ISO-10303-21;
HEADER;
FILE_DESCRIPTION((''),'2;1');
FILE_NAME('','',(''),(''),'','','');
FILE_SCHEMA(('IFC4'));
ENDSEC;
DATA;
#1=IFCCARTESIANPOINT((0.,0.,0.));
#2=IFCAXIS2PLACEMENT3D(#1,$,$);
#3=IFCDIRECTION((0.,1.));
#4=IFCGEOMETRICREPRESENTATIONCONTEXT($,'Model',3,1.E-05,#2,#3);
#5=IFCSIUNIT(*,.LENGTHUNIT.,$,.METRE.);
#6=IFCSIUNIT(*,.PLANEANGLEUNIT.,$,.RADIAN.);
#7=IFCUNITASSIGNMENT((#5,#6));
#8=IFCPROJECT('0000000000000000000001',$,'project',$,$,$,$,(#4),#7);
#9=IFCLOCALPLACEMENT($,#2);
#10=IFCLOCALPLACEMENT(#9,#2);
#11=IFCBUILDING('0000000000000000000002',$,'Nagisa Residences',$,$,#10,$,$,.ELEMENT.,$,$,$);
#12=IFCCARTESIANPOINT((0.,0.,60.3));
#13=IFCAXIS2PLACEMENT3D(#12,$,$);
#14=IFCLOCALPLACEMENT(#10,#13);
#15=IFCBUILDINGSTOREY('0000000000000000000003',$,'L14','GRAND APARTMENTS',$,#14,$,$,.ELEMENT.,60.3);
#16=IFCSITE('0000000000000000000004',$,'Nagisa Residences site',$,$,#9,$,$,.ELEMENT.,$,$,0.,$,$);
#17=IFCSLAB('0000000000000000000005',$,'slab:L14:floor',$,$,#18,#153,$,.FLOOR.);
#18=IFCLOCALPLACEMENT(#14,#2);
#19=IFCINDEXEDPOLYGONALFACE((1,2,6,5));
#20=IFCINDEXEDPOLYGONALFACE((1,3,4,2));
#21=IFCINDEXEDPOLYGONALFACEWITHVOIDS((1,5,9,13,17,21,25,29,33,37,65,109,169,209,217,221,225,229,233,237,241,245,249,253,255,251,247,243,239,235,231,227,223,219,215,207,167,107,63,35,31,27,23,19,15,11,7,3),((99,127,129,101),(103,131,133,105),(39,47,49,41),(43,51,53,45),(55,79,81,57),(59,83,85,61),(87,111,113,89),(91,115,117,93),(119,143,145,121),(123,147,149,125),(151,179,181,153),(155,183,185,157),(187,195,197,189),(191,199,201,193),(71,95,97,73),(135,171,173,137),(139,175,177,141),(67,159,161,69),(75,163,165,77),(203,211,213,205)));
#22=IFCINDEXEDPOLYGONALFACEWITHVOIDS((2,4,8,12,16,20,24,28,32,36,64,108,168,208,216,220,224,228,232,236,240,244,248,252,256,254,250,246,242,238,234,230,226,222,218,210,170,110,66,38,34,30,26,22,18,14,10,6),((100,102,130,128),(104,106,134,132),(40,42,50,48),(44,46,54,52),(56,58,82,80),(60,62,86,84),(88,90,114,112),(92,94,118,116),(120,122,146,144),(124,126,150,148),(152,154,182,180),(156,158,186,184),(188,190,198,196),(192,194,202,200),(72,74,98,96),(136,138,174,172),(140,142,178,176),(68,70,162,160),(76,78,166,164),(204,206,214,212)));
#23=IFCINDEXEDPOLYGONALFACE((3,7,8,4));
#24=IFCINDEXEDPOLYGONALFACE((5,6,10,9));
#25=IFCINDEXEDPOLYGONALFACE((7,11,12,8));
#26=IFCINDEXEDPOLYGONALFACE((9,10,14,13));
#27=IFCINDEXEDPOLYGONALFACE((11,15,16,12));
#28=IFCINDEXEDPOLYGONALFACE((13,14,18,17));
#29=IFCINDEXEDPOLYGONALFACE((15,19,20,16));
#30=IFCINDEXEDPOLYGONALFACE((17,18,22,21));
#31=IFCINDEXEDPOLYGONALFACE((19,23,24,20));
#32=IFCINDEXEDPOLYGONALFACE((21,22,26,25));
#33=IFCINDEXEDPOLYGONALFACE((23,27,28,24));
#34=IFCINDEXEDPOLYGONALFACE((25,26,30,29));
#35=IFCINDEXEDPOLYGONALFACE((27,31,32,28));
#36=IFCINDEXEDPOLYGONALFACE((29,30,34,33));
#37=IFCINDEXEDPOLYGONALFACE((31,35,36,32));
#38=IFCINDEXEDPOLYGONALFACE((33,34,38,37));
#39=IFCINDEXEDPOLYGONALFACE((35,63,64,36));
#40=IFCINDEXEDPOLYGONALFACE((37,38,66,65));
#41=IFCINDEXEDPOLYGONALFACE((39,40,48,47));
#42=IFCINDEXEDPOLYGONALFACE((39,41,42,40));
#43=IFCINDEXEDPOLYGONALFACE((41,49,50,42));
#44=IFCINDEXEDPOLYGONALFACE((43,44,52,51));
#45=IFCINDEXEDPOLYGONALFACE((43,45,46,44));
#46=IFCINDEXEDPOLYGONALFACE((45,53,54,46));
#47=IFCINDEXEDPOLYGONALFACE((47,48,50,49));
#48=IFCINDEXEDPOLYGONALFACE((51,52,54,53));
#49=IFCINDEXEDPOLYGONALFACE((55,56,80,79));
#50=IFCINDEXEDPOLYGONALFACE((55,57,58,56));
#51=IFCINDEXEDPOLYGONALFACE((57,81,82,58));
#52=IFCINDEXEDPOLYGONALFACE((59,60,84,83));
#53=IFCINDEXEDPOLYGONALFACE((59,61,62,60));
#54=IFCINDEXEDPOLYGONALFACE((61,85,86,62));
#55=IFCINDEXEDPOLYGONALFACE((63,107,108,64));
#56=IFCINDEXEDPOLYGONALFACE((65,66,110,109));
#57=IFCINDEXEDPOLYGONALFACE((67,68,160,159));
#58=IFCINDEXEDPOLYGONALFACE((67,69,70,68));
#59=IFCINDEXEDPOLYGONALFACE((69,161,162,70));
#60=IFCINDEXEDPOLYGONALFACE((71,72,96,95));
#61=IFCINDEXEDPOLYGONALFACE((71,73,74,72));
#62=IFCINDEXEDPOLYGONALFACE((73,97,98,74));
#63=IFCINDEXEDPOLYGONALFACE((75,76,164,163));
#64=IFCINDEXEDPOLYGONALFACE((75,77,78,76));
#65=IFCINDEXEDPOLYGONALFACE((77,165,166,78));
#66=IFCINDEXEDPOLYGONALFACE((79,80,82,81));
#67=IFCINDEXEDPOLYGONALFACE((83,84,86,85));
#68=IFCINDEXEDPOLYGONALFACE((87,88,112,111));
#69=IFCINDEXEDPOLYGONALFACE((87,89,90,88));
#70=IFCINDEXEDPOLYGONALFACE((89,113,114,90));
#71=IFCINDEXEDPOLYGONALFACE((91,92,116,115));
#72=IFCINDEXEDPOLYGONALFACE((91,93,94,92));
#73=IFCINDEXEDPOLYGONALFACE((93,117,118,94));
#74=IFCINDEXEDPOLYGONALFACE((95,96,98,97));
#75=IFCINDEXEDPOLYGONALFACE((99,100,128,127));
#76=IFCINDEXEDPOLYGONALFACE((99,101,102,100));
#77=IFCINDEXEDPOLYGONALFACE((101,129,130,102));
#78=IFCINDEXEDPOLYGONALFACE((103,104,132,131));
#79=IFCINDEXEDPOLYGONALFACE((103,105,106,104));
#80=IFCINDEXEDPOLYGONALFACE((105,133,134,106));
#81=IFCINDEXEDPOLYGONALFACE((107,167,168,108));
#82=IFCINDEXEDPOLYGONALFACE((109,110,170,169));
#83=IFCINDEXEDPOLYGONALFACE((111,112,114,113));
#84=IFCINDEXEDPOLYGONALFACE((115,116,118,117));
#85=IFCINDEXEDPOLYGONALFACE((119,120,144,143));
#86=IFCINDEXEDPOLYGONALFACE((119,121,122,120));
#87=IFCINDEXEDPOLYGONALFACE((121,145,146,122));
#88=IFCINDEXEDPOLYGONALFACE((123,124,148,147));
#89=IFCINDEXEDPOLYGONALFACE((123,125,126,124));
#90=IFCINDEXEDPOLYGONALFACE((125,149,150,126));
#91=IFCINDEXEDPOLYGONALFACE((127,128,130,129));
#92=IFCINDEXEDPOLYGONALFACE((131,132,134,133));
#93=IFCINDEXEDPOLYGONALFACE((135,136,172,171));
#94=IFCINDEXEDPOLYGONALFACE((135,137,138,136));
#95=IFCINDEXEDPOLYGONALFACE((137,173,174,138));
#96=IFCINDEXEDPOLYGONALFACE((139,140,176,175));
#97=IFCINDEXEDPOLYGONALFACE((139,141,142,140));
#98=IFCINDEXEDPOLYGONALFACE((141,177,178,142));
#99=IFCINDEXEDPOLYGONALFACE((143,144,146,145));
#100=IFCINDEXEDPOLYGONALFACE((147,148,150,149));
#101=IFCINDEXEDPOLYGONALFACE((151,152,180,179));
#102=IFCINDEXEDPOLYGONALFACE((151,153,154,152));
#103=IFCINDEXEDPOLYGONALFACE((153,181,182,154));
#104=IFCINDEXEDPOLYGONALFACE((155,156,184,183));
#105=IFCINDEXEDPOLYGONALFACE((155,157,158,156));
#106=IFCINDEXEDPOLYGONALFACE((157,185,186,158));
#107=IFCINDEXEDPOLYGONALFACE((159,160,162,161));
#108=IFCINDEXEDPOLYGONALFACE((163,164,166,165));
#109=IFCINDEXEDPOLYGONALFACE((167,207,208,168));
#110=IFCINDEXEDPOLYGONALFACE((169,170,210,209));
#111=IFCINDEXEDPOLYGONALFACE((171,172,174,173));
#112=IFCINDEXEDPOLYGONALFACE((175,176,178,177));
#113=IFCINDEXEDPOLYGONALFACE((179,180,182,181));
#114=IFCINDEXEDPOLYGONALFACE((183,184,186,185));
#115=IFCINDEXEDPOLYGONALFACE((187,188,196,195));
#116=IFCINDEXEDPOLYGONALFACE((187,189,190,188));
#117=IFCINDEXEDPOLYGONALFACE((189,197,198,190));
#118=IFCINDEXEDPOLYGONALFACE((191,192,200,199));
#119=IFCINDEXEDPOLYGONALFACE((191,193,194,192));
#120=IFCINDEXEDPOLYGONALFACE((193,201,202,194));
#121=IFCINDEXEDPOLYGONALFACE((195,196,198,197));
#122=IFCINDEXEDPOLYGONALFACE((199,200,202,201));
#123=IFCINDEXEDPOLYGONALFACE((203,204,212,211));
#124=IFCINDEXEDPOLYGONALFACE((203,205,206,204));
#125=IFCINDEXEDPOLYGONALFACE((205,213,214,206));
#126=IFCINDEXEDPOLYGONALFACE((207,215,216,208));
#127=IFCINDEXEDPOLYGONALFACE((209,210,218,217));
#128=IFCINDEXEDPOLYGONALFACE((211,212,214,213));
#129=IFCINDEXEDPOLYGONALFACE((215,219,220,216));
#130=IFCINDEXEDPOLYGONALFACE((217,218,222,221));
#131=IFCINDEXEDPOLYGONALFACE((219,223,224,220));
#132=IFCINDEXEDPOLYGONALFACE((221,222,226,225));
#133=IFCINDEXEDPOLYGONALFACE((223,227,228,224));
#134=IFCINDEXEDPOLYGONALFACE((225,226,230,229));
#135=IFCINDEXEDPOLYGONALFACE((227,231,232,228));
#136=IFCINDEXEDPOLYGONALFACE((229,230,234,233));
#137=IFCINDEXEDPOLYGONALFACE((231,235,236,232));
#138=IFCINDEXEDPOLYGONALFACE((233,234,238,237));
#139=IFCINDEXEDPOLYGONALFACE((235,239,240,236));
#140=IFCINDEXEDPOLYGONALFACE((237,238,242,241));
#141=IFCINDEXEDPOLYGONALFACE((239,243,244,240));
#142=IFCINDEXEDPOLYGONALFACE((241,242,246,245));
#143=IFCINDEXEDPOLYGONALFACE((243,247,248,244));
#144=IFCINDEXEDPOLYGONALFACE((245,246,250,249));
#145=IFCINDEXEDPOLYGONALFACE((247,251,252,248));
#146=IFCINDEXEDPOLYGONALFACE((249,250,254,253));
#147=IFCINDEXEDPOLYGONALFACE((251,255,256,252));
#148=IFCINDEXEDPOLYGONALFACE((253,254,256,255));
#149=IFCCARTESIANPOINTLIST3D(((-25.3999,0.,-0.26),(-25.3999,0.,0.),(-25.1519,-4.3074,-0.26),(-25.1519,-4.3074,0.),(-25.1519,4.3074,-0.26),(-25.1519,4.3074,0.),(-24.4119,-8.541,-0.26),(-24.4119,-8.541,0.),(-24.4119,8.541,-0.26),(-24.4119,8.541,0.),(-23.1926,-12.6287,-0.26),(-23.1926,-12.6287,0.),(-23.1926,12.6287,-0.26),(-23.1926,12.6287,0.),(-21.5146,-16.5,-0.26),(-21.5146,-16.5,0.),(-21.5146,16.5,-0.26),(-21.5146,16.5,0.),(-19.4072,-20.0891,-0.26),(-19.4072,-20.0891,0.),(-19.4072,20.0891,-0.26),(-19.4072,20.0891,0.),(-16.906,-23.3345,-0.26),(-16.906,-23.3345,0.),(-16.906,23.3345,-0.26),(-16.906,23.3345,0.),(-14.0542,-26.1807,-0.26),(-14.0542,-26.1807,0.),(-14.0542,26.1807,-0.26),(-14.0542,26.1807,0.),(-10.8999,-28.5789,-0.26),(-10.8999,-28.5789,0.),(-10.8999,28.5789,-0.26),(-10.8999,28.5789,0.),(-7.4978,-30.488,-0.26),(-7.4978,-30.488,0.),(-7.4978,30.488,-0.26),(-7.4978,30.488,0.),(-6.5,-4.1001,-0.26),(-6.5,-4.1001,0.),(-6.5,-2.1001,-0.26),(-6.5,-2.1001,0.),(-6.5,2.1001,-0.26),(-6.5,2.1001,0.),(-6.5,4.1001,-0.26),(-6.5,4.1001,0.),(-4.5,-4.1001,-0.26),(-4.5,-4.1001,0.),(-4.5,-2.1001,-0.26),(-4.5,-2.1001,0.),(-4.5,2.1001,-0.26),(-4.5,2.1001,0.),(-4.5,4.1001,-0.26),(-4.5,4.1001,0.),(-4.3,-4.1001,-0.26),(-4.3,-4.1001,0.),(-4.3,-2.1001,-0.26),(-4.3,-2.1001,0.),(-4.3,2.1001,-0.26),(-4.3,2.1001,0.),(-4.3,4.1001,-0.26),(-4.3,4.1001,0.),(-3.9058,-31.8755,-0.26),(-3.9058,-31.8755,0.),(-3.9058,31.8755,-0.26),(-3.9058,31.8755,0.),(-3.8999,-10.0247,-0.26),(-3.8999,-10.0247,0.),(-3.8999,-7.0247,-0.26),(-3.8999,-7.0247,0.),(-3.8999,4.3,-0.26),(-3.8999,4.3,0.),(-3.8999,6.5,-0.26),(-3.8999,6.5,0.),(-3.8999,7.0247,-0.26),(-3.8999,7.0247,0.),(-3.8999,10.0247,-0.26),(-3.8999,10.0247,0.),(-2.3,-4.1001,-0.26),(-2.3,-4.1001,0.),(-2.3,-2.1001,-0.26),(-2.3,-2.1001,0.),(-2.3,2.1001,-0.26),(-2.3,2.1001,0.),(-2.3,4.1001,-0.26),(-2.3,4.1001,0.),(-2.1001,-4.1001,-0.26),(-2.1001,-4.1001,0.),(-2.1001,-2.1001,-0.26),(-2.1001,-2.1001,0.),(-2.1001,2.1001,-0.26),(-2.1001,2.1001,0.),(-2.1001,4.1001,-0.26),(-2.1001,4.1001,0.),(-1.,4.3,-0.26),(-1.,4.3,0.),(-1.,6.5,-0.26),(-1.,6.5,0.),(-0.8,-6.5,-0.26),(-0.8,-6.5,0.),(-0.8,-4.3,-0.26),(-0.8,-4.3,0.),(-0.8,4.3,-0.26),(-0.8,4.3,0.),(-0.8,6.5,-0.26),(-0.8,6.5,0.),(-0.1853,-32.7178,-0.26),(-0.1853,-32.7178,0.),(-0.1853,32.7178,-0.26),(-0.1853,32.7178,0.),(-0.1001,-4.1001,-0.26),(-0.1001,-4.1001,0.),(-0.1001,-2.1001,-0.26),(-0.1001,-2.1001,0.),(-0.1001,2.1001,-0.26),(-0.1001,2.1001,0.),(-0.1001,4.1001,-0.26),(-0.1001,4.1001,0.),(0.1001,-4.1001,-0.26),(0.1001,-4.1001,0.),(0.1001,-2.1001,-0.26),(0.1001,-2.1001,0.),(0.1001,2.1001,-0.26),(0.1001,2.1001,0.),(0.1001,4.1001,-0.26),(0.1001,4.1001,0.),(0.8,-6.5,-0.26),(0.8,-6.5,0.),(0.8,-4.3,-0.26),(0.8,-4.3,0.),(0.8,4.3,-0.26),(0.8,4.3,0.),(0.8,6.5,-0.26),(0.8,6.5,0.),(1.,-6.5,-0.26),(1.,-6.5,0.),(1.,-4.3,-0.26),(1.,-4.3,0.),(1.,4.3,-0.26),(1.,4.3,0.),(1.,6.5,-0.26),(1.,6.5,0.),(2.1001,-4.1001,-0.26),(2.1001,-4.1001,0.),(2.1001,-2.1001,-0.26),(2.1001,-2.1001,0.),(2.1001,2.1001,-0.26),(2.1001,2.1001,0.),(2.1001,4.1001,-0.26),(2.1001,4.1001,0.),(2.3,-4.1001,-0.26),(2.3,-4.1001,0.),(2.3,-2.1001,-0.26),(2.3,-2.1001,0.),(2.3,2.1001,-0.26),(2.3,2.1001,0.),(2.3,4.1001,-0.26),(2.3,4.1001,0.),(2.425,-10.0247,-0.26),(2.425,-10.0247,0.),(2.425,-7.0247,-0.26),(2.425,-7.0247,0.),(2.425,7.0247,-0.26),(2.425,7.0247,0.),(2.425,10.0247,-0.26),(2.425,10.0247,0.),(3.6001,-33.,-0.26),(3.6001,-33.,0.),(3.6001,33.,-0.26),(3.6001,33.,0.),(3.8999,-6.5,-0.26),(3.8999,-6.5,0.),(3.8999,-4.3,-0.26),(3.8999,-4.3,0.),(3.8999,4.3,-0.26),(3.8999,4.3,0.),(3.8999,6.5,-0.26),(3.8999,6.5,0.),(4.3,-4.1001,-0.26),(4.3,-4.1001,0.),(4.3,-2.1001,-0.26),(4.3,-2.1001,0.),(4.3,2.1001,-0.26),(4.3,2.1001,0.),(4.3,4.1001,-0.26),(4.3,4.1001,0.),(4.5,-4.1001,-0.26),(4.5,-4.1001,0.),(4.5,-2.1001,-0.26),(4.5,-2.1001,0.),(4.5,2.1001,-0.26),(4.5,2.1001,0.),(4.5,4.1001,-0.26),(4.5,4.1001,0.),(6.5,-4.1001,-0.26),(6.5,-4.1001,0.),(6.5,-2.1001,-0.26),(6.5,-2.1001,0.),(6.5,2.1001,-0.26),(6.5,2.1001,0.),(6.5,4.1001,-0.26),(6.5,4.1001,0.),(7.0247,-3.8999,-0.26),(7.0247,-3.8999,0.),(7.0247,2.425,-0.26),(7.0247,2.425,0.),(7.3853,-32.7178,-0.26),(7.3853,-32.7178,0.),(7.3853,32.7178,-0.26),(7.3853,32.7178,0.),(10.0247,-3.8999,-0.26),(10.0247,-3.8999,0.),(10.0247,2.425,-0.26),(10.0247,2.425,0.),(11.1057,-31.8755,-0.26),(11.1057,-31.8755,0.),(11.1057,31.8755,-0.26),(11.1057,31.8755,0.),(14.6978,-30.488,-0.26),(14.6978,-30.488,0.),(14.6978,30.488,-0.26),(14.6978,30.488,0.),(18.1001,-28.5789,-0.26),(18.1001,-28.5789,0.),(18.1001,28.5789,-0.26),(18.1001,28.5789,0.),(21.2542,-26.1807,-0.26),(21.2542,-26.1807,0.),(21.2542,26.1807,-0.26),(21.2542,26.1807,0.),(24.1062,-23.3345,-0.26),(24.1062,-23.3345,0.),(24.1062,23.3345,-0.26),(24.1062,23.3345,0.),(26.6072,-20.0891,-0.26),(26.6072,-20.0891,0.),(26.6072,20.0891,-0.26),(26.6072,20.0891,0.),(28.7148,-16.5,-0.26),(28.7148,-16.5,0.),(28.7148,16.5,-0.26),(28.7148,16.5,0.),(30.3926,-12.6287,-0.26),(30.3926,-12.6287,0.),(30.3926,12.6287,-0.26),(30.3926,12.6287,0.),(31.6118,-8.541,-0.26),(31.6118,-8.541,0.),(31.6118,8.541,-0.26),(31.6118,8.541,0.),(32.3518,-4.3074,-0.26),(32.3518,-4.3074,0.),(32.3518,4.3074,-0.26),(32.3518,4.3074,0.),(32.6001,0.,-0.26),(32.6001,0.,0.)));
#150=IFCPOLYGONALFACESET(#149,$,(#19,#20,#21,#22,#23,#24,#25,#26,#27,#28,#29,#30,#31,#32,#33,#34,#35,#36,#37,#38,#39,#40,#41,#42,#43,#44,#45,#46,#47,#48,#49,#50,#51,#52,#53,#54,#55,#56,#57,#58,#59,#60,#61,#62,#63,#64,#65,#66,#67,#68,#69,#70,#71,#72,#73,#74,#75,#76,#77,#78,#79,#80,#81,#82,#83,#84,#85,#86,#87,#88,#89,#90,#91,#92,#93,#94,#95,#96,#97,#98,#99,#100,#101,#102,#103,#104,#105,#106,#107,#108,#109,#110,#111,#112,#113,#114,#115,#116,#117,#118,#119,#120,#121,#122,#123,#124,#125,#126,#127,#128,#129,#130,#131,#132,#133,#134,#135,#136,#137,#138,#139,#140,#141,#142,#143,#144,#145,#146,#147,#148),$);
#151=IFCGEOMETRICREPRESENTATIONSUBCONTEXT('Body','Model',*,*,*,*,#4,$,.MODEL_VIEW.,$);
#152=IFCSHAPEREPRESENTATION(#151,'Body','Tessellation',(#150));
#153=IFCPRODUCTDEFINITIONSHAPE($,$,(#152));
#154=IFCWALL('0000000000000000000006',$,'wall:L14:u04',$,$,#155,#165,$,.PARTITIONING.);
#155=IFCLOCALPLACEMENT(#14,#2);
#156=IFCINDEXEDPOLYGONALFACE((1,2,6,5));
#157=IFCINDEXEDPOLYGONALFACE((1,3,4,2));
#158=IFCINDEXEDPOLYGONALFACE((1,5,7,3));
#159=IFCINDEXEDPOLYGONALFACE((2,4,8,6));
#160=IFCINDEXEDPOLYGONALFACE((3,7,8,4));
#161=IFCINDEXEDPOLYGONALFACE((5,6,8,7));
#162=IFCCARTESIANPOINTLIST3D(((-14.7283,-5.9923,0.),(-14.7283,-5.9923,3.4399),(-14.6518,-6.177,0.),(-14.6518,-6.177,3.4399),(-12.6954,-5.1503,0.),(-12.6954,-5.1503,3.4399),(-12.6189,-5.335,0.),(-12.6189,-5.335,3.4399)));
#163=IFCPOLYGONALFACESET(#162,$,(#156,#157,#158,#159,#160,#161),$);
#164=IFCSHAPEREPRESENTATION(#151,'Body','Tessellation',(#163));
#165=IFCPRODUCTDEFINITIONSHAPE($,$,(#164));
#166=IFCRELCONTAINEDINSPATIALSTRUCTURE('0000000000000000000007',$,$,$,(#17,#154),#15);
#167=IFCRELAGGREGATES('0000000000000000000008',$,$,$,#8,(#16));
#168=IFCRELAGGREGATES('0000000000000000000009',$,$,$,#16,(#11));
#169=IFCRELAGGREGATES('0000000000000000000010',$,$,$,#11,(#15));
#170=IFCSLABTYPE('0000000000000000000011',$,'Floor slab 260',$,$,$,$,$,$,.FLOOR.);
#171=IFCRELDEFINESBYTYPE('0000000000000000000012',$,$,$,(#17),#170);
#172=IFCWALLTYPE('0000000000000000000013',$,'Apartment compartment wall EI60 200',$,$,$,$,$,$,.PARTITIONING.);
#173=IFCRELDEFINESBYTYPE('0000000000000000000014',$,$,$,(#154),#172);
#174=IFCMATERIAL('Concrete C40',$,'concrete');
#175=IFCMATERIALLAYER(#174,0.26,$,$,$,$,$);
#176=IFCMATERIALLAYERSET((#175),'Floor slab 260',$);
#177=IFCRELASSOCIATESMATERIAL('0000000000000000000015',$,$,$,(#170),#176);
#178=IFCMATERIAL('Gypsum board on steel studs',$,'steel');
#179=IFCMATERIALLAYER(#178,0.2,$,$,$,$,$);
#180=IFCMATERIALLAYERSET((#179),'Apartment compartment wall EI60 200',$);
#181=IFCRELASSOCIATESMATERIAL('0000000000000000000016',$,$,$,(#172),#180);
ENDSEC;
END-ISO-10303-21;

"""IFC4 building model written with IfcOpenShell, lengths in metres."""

from ifc_helpers import new_model, si_unit, direction, frame, frame_2d, origin, place, context, subcontext, project, spatial, polyline, rectangle, outline, extrude, material, layer, layer_set, type_object, element, save


model = new_model("IFC4")

# Units and contexts
model_context = context("Model", 3, precision=1e-05, world=origin(), true_north=direction((0.0, 1.0)))
body_context = subcontext(model_context, "Body", "Model", "MODEL_VIEW")
ifc_project = project(units=[si_unit("LENGTHUNIT", "METRE"), si_unit("PLANEANGLEUNIT", "RADIAN")], contexts=[model_context])

# Site, building, storey
site_placement = place(None, origin())
site = spatial("IfcSite", under=ifc_project, at=site_placement, Name="Nagisa Residences site", CompositionType="ELEMENT", RefElevation=0.0)
building_placement = place(site_placement, origin())
building = spatial("IfcBuilding", under=site, at=building_placement, Name="Nagisa Residences", CompositionType="ELEMENT")
storey_placement = place(building_placement, frame((0.0, 0.0, 60.3)))
storey = spatial("IfcBuildingStorey", under=building, at=storey_placement, Name="L14", Description="GRAND APARTMENTS", CompositionType="ELEMENT", Elevation=60.3)

# Slab
ifc_material_1 = material(Name="Concrete C40", Category="concrete")
ifc_layer_1 = layer(ifc_material_1, 0.26)
ifc_layer_set_1 = layer_set([ifc_layer_1], Name="Floor slab 260")
slab_type_1 = type_object("IfcSlabType", Name="Floor slab 260", PredefinedType="FLOOR", material=ifc_layer_set_1)
slab_1_placement = place(storey_placement, frame((0.0, 0.0, -0.26)))
element("IfcSlab", 1, at=slab_1_placement, inside=storey, type_object=slab_type_1, Name="slab:L14:floor", PredefinedType="FLOOR", context=body_context, shape_type="SweptSolid", body=[
    extrude(outline(polyline([(32.6001, 0.0), (32.3518, 4.3074), (31.6118, 8.541), (30.3926, 12.6287), (28.7148, 16.5), (26.6072, 20.0891), (24.1062, 23.3345), (21.2542, 26.1807), (18.1001, 28.5789), (14.6978, 30.488), (11.1057, 31.8755), (7.3853, 32.7178), (3.6001, 33.0), (-0.1853, 32.7178), (-3.9058, 31.8755), (-7.4978, 30.488), (-10.8999, 28.5789), (-14.0542, 26.1807), (-16.906, 23.3345), (-19.4072, 20.0891), (-21.5146, 16.5), (-23.1926, 12.6287), (-24.4119, 8.541), (-25.1519, 4.3074), (-25.3999, 0.0), (-25.1519, -4.3074), (-24.4119, -8.541), (-23.1926, -12.6287), (-21.5146, -16.5), (-19.4072, -20.0891), (-16.906, -23.3345), (-14.0542, -26.1807), (-10.8999, -28.5789), (-7.4978, -30.488), (-3.9058, -31.8755), (-0.1853, -32.7178), (3.6001, -33.0), (7.3853, -32.7178), (11.1057, -31.8755), (14.6978, -30.488), (18.1001, -28.5789), (21.2542, -26.1807), (24.1062, -23.3345), (26.6072, -20.0891), (28.7148, -16.5), (30.3926, -12.6287), (31.6118, -8.541), (32.3518, -4.3074), (32.6001, 0.0)]), holes=[polyline([(-4.5, 2.1001), (-4.5, 4.1001), (-6.5, 4.1001), (-6.5, 2.1001), (-4.5, 2.1001)]), polyline([(-2.3, 2.1001), (-2.3, 4.1001), (-4.3, 4.1001), (-4.3, 2.1001), (-2.3, 2.1001)]), polyline([(-0.1001, 2.1001), (-0.1001, 4.1001), (-2.1001, 4.1001), (-2.1001, 2.1001), (-0.1001, 2.1001)]), polyline([(2.1001, 2.1001), (2.1001, 4.1001), (0.1001, 4.1001), (0.1001, 2.1001), (2.1001, 2.1001)]), polyline([(4.3, 2.1001), (4.3, 4.1001), (2.3, 4.1001), (2.3, 2.1001), (4.3, 2.1001)]), polyline([(6.5, 2.1001), (6.5, 4.1001), (4.5, 4.1001), (4.5, 2.1001), (6.5, 2.1001)]), polyline([(-4.5, -4.1001), (-4.5, -2.1001), (-6.5, -2.1001), (-6.5, -4.1001), (-4.5, -4.1001)]), polyline([(-2.3, -4.1001), (-2.3, -2.1001), (-4.3, -2.1001), (-4.3, -4.1001), (-2.3, -4.1001)]), polyline([(-0.1001, -4.1001), (-0.1001, -2.1001), (-2.1001, -2.1001), (-2.1001, -4.1001), (-0.1001, -4.1001)]), polyline([(2.1001, -4.1001), (2.1001, -2.1001), (0.1001, -2.1001), (0.1001, -4.1001), (2.1001, -4.1001)]), polyline([(4.3, -4.1001), (4.3, -2.1001), (2.3, -2.1001), (2.3, -4.1001), (4.3, -4.1001)]), polyline([(6.5, -4.1001), (6.5, -2.1001), (4.5, -2.1001), (4.5, -4.1001), (6.5, -4.1001)]), polyline([(3.8999, 4.3), (3.8999, 6.5), (1.0, 6.5), (1.0, 4.3), (3.8999, 4.3)]), polyline([(3.8999, -6.5), (3.8999, -4.3), (1.0, -4.3), (1.0, -6.5), (3.8999, -6.5)]), polyline([(-1.0, 4.3), (-1.0, 6.5), (-3.8999, 6.5), (-3.8999, 4.3), (-1.0, 4.3)]), polyline([(0.8, 4.3), (0.8, 6.5), (-0.8, 6.5), (-0.8, 4.3), (0.8, 4.3)]), polyline([(0.8, -6.5), (0.8, -4.3), (-0.8, -4.3), (-0.8, -6.5), (0.8, -6.5)]), polyline([(10.0247, -3.8999), (7.0247, -3.8999), (7.0247, 2.425), (10.0247, 2.425), (10.0247, -3.8999)]), polyline([(-3.8999, 7.0247), (-3.8999, 10.0247), (2.425, 10.0247), (2.425, 7.0247), (-3.8999, 7.0247)]), polyline([(-3.8999, -10.0247), (-3.8999, -7.0247), (2.425, -7.0247), (2.425, -10.0247), (-3.8999, -10.0247)])]), origin(), (0.0, 0.0, 1.0), 0.26),
])

# Wall
ifc_material_2 = material(Name="Gypsum board on steel studs", Category="steel")
ifc_layer_2 = layer(ifc_material_2, 0.2)
ifc_layer_set_2 = layer_set([ifc_layer_2], Name="Apartment compartment wall EI60 200")
wall_type_1 = type_object("IfcWallType", Name="Apartment compartment wall EI60 200", PredefinedType="PARTITIONING", material=ifc_layer_set_2)
wall_1_placement = place(storey_placement, frame((-12.6572, -5.2427, 0.0), z_axis=(0.0, 0.0, 1.0), x_axis=(-0.923886, -0.382669, 0.0)))
element("IfcWall", 2, at=wall_1_placement, inside=storey, type_object=wall_type_1, Name="wall:L14:u04", PredefinedType="PARTITIONING", context=body_context, shape_type="SweptSolid", body=[
    extrude(rectangle(XDim=2.2004, YDim=0.2, at=frame_2d((1.1001, 0.0))), origin(), (0.0, 0.0, 1.0), 3.4399),
])

save(model, "model.ifc")
